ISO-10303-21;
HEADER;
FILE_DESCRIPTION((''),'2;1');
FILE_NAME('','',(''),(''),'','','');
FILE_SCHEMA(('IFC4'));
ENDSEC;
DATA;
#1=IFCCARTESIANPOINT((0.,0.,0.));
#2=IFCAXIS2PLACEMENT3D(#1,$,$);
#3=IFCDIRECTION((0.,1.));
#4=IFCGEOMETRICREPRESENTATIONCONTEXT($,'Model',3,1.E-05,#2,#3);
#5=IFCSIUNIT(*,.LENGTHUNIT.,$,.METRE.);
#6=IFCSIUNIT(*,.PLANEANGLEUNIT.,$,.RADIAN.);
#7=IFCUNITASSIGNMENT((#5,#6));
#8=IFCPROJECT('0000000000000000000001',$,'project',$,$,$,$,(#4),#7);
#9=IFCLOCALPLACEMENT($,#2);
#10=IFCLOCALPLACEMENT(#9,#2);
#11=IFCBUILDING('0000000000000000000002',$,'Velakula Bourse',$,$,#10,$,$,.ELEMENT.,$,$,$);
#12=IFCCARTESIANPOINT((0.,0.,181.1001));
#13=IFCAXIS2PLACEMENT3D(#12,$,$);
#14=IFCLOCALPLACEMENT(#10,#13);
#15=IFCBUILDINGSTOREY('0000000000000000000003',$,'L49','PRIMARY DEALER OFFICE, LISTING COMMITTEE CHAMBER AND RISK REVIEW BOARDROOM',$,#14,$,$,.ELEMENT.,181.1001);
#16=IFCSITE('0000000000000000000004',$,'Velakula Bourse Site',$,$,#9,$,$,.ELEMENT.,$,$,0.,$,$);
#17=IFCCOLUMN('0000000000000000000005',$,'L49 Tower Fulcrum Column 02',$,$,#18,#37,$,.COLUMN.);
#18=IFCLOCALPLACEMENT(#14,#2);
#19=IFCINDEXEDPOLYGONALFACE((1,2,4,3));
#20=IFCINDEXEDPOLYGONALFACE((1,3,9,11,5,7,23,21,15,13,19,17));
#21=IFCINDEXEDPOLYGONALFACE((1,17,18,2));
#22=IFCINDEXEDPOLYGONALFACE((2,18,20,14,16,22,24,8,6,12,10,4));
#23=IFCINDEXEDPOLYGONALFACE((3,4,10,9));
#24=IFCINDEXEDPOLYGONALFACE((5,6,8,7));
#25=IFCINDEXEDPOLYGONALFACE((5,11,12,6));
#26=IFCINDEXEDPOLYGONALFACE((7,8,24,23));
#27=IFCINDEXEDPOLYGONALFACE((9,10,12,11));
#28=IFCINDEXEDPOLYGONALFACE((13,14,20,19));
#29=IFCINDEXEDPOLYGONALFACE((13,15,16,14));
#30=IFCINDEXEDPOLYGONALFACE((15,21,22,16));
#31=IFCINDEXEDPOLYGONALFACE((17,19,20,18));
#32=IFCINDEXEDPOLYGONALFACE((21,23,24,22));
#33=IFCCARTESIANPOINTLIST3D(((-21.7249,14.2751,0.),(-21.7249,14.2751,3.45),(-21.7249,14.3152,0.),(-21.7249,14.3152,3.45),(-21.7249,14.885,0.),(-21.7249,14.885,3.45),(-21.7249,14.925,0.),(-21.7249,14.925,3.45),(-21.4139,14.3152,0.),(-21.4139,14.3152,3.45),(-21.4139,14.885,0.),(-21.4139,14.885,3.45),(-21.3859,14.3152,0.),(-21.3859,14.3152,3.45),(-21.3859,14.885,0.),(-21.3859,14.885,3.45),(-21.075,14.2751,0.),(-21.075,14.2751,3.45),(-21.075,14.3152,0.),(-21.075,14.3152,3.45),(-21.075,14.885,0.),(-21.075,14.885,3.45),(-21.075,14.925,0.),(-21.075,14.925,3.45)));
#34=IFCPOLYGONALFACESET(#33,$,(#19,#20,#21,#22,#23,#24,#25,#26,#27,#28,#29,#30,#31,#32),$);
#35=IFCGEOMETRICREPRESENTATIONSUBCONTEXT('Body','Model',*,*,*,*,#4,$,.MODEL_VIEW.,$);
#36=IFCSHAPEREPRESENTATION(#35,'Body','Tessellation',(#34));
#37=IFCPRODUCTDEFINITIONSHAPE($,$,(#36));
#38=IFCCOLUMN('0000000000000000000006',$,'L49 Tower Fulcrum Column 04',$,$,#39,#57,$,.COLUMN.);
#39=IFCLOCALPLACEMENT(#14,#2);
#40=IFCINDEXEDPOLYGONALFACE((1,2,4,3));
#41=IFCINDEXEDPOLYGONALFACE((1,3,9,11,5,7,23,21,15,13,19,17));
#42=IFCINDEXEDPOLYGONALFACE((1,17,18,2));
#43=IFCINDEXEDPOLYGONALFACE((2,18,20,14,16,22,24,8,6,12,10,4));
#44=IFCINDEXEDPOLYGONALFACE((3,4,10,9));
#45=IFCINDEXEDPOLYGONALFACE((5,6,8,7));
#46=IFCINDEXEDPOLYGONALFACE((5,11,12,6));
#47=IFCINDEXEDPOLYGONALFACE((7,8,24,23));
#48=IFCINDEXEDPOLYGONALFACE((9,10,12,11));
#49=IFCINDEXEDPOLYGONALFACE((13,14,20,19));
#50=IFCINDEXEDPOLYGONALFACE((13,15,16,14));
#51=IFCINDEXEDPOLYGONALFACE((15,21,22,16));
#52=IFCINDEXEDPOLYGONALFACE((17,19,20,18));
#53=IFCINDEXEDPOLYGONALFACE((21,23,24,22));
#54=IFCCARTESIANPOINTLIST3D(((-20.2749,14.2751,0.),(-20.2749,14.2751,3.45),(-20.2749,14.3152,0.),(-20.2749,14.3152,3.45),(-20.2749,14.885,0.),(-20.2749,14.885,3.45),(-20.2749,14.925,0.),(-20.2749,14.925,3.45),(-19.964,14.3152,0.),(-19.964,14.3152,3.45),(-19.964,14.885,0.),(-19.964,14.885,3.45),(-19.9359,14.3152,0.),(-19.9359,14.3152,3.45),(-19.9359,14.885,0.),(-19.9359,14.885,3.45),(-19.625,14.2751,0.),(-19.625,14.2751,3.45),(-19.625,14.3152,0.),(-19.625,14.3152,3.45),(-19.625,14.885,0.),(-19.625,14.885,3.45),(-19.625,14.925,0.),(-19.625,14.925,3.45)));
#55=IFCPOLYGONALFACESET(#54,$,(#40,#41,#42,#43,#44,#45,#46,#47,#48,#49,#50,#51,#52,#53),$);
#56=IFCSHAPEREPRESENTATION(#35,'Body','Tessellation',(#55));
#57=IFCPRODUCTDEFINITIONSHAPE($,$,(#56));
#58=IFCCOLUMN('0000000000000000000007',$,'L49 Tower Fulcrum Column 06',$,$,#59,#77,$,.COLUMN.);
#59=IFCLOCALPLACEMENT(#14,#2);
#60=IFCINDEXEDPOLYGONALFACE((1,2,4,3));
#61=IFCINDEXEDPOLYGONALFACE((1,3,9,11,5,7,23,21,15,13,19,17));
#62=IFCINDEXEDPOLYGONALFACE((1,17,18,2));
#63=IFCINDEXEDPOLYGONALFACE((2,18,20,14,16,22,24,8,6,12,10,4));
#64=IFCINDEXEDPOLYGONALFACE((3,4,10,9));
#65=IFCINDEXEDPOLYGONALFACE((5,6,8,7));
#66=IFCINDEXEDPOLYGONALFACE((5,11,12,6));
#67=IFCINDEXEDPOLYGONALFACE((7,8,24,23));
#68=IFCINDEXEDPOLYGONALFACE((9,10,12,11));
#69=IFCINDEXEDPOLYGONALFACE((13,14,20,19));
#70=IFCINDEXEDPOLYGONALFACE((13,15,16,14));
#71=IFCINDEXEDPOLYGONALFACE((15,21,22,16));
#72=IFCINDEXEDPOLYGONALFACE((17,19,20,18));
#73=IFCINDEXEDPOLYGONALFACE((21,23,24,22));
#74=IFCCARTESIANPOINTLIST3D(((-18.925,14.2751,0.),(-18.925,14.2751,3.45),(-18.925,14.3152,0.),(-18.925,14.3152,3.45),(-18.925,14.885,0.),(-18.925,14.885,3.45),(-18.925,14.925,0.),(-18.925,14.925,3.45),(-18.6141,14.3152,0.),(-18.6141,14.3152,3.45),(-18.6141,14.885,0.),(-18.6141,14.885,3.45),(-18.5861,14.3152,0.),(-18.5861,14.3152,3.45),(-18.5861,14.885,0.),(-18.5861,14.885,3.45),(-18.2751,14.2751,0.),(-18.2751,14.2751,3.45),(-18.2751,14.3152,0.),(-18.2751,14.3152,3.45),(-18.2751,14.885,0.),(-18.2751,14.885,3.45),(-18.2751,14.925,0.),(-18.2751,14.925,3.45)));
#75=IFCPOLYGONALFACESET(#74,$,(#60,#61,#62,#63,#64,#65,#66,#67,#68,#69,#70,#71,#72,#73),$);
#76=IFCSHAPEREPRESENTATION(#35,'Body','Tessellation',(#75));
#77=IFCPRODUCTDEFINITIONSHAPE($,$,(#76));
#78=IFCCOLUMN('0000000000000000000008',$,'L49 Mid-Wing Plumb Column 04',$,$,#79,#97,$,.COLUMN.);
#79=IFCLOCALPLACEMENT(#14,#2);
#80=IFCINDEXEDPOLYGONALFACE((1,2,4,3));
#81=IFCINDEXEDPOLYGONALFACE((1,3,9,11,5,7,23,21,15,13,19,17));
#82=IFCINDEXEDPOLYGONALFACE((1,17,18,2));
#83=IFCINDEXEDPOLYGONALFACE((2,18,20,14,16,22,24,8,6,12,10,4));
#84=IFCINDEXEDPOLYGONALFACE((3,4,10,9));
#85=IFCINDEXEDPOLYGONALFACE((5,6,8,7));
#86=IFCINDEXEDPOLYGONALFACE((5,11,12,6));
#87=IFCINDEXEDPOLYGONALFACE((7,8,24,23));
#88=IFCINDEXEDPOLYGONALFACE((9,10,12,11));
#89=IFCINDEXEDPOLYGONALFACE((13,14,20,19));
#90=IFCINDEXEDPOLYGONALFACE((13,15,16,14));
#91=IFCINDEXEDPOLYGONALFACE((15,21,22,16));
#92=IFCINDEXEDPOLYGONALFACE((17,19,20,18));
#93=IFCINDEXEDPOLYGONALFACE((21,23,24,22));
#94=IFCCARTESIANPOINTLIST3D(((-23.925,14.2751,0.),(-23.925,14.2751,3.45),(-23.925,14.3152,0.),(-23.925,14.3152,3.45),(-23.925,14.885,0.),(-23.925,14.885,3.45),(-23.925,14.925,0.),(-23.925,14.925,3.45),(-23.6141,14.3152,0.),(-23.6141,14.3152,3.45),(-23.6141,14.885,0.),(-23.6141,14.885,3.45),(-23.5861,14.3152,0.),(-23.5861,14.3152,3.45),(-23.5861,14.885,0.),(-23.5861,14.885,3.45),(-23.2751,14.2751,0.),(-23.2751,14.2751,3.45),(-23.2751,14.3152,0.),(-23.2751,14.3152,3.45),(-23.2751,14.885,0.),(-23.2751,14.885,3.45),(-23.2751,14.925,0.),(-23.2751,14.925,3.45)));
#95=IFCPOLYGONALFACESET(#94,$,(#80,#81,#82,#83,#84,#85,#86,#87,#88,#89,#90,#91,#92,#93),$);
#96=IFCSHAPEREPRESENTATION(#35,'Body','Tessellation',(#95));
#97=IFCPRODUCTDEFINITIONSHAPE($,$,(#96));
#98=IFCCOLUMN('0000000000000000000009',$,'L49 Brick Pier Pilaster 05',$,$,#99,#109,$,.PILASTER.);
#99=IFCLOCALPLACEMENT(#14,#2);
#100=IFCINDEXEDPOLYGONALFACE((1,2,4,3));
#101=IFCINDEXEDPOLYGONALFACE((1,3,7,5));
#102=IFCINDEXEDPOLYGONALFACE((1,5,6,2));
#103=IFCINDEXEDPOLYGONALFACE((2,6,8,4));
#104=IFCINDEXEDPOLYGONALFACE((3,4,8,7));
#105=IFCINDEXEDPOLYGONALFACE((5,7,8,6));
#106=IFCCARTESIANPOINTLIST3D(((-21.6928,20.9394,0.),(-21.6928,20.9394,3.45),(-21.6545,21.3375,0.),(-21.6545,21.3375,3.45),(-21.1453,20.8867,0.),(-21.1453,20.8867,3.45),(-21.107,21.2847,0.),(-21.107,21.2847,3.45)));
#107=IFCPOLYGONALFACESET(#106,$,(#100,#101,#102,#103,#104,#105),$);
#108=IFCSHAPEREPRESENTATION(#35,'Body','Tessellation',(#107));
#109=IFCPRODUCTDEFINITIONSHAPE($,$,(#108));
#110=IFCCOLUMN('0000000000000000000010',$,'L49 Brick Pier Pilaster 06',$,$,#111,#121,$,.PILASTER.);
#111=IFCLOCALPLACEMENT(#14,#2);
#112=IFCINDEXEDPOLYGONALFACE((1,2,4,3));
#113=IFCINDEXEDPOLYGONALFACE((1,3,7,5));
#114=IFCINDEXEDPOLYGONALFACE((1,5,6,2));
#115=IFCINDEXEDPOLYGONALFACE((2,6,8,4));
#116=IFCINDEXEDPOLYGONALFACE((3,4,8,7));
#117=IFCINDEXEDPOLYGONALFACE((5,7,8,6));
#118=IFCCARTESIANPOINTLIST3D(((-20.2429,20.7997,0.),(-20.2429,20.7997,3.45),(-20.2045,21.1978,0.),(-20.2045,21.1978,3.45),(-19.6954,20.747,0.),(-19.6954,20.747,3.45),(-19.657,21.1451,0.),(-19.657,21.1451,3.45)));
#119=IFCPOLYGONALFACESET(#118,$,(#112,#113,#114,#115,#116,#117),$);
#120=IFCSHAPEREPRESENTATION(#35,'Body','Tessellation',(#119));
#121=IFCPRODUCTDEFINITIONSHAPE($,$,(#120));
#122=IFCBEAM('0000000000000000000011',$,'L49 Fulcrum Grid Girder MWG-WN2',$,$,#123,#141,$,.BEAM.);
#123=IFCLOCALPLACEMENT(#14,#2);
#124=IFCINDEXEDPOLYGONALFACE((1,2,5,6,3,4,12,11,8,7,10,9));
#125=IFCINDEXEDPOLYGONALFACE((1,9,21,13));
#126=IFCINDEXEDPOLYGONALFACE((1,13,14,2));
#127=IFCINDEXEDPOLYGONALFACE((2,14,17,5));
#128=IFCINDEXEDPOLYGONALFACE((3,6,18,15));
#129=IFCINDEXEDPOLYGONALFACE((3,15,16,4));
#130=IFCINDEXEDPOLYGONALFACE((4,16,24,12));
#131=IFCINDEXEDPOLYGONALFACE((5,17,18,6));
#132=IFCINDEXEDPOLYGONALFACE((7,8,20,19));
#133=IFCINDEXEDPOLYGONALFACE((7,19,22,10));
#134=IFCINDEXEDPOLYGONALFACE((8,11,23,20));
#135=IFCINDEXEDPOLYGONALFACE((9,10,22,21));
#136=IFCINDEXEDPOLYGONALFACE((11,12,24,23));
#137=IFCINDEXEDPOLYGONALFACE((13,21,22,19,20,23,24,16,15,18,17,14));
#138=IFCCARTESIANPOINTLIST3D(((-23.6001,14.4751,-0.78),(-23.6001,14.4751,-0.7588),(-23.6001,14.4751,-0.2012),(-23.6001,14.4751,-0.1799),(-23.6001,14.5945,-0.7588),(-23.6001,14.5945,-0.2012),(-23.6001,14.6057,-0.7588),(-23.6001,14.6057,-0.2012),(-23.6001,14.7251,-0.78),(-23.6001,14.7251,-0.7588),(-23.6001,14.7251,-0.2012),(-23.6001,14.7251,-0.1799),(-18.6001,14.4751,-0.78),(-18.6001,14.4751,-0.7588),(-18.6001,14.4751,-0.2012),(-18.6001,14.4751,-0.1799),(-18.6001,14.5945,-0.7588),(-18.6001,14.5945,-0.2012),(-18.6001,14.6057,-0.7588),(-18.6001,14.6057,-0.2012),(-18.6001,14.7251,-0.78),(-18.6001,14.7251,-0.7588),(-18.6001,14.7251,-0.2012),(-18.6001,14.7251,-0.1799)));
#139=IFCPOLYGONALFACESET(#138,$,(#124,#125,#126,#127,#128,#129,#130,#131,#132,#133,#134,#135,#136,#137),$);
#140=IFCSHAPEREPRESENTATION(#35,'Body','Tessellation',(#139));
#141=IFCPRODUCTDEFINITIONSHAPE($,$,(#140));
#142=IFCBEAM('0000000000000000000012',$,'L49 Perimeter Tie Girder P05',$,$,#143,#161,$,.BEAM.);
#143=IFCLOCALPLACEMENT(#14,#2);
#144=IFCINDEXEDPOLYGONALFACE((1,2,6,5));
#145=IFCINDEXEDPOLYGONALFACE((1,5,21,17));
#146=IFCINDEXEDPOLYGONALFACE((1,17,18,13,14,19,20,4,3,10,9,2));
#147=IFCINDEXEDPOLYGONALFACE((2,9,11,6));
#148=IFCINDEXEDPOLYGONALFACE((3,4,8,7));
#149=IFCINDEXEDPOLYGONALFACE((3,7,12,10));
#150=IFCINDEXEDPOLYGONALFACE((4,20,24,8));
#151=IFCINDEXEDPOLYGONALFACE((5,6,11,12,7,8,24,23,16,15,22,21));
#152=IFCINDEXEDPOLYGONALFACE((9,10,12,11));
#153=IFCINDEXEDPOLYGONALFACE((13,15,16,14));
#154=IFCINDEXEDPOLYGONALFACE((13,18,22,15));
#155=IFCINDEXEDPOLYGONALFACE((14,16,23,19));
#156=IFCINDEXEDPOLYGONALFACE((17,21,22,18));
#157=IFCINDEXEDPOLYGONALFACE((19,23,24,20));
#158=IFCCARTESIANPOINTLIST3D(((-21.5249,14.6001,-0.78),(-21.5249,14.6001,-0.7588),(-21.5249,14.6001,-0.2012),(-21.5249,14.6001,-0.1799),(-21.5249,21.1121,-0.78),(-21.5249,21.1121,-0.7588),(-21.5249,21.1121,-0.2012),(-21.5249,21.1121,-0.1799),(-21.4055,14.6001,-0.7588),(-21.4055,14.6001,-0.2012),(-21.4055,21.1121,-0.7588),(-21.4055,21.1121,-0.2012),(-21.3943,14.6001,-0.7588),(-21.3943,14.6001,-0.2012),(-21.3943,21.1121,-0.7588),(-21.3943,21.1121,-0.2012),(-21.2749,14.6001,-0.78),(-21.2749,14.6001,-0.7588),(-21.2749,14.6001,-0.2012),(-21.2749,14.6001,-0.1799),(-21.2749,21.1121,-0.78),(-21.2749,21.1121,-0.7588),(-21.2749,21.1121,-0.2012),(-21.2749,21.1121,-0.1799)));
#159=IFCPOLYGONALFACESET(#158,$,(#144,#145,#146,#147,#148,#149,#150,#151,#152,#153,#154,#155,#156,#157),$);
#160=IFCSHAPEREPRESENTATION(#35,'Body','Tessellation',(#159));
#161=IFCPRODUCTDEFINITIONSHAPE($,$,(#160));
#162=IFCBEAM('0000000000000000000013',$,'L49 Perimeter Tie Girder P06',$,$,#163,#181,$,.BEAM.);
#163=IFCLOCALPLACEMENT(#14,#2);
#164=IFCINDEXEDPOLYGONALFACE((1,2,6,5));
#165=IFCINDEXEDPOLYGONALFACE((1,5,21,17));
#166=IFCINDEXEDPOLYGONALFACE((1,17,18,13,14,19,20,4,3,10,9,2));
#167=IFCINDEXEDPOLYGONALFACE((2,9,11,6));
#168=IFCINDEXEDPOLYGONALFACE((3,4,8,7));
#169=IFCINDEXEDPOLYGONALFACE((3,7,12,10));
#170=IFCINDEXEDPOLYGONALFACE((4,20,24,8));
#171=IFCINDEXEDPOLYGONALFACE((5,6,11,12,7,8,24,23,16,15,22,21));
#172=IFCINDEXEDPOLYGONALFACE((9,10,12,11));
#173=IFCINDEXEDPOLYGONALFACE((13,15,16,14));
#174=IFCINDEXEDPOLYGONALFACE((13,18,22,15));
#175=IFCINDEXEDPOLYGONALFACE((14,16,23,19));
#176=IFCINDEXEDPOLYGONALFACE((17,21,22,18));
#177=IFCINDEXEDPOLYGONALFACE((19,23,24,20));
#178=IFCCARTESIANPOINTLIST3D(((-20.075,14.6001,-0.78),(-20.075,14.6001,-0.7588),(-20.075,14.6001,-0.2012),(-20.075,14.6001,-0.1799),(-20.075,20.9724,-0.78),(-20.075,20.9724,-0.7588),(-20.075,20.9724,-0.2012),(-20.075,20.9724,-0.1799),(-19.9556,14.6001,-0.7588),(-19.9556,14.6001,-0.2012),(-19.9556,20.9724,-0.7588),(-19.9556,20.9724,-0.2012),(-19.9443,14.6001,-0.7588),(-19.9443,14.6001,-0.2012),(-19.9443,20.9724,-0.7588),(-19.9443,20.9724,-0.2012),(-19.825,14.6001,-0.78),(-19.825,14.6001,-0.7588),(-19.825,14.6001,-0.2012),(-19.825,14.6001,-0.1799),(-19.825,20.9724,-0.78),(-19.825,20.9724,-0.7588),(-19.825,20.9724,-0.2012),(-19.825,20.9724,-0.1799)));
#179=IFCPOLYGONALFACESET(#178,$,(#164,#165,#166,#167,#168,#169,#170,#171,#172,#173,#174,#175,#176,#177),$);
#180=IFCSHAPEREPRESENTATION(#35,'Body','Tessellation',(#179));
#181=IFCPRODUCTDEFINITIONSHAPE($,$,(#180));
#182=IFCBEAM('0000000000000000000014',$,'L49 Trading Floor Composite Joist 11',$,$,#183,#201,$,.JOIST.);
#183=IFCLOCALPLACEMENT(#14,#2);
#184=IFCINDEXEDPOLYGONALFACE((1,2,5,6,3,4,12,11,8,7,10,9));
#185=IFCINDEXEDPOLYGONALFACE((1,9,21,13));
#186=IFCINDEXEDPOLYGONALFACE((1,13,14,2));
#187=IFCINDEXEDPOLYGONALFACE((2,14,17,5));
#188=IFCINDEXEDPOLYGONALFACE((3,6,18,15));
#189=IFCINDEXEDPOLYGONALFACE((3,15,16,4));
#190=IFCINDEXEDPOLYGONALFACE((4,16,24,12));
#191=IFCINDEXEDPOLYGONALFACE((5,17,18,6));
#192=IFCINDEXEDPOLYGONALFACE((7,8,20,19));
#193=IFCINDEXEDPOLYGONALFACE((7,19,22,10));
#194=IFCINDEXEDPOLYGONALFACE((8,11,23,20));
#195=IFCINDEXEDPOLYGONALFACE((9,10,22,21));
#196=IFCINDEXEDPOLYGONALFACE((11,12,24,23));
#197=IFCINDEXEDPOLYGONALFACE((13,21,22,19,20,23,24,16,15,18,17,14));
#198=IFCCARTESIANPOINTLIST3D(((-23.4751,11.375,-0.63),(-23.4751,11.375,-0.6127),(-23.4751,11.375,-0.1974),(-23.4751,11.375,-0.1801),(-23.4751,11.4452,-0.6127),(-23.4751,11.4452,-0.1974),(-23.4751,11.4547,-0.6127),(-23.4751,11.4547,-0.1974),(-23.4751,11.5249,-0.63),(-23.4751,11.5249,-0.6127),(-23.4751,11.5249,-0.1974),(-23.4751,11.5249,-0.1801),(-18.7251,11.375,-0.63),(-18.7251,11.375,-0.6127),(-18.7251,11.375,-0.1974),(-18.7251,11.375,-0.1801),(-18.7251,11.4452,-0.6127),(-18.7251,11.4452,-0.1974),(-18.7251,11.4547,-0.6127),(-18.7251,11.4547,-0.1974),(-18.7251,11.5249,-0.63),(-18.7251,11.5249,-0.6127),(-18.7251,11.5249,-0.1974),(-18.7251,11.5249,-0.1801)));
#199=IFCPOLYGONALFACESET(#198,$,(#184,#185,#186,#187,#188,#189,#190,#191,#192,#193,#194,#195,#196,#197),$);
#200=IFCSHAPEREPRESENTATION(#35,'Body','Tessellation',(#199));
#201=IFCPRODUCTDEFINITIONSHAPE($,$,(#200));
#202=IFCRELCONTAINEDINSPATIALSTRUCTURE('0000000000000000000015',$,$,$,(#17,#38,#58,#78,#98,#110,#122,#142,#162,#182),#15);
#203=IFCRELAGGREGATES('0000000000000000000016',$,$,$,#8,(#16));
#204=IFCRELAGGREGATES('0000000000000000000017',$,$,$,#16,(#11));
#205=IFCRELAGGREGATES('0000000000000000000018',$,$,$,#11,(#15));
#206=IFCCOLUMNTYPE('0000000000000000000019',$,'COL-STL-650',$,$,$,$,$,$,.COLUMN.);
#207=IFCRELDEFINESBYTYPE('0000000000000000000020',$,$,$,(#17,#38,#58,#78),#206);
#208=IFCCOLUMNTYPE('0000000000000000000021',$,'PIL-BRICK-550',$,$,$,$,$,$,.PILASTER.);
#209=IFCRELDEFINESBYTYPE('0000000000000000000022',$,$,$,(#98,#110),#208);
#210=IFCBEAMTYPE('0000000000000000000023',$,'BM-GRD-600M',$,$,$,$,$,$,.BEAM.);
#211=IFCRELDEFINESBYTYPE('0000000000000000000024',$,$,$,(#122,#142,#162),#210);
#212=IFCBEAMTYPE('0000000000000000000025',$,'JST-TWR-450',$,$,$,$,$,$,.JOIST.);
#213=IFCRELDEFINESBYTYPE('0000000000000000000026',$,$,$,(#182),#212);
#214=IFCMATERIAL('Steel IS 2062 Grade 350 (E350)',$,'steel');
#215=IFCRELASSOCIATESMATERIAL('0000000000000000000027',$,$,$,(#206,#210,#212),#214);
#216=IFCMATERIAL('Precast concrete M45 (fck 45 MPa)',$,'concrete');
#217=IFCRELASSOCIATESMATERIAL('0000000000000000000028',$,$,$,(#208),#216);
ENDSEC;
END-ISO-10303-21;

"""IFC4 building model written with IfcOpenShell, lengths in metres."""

from ifc_helpers import new_model, si_unit, direction, frame, origin, origin_2d, place, context, subcontext, project, spatial, rectangle, i_section, extrude, material, material_profile, profile_set, type_object, element, save


model = new_model("IFC4")

# Units and contexts
model_context = context("Model", 3, precision=1e-05, world=origin(), true_north=direction((0.0, 1.0)))
body_context = subcontext(model_context, "Body", "Model", "MODEL_VIEW")
ifc_project = project(units=[si_unit("LENGTHUNIT", "METRE"), si_unit("PLANEANGLEUNIT", "RADIAN")], contexts=[model_context])

# Site, building, storey
site_placement = place(None, origin())
site = spatial("IfcSite", under=ifc_project, at=site_placement, Name="Velakula Bourse Site", CompositionType="ELEMENT", RefElevation=0.0)
building_placement = place(site_placement, origin())
building = spatial("IfcBuilding", under=site, at=building_placement, Name="Velakula Bourse", CompositionType="ELEMENT")
storey_placement = place(building_placement, frame((0.0, 0.0, 181.1001)))
storey = spatial("IfcBuildingStorey", under=building, at=storey_placement, Name="L49", Description="PRIMARY DEALER OFFICE, LISTING COMMITTEE CHAMBER AND RISK REVIEW BOARDROOM", CompositionType="ELEMENT", Elevation=181.1001)

# Columns
ifc_material_1 = material(Name="Steel IS 2062 Grade 350 (E350)", Category="steel")
ifc_material_profile_1 = material_profile(ifc_material_1, i_section(OverallWidth=0.6499, OverallDepth=0.6499, WebThickness=0.0281, FlangeThickness=0.04, at=origin_2d()), Name="Steel IS 2062 Grade 350 (E350)")
ifc_profile_set_1 = profile_set([ifc_material_profile_1], Name="Steel IS 2062 Grade 350 (E350)")
column_type_1 = type_object("IfcColumnType", Name="COL-STL-650", PredefinedType="COLUMN", material=ifc_profile_set_1)
for number, where, z_axis, x_axis, name in (
    (1, (-21.3999, 14.6001, 0.0), (0.0, 0.0, 1.0), (1.0, 0.0, 0.0), "L49 Tower Fulcrum Column 02"),
    (2, (-19.95, 14.6001, 0.0), (0.0, 0.0, 1.0), (1.0, 0.0, 0.0), "L49 Tower Fulcrum Column 04"),
    (3, (-18.6001, 14.6001, 0.0), (0.0, 0.0, 1.0), (1.0, 0.0, 0.0), "L49 Tower Fulcrum Column 06"),
    (4, (-23.6001, 14.6001, 0.0), (0.0, 0.0, 1.0), (1.0, 0.0, 0.0), "L49 Mid-Wing Plumb Column 04"),
):
    element("IfcColumn", number, at=place(storey_placement, frame(where, z_axis=z_axis, x_axis=x_axis)), inside=storey, type_object=column_type_1, Name=name, PredefinedType="COLUMN", context=body_context, shape_type="SweptSolid", body=[
        extrude(i_section(OverallWidth=0.6499, OverallDepth=0.6499, WebThickness=0.0281, FlangeThickness=0.04, at=origin_2d()), origin(), (0.0, 0.0, 1.0), 3.45),
    ])
ifc_material_2 = material(Name="Precast concrete M45 (fck 45 MPa)", Category="concrete")
ifc_material_profile_2 = material_profile(ifc_material_2, rectangle(XDim=0.55, YDim=0.3999, at=origin_2d()), Name="Precast concrete M45 (fck 45 MPa)")
ifc_profile_set_2 = profile_set([ifc_material_profile_2], Name="Precast concrete M45 (fck 45 MPa)")
column_type_2 = type_object("IfcColumnType", Name="PIL-BRICK-550", PredefinedType="PILASTER", material=ifc_profile_set_2)
for number, where, z_axis, x_axis, name in (
    (5, (-21.3999, 21.1121, 0.0), (0.0, 0.0, 1.0), (0.995396, -0.095846, 0.0), "L49 Brick Pier Pilaster 05"),
    (6, (-19.95, 20.9724, 0.0), (0.0, 0.0, 1.0), (0.995396, -0.095846, 0.0), "L49 Brick Pier Pilaster 06"),
):
    element("IfcColumn", number, at=place(storey_placement, frame(where, z_axis=z_axis, x_axis=x_axis)), inside=storey, type_object=column_type_2, Name=name, PredefinedType="PILASTER", context=body_context, shape_type="SweptSolid", body=[
        extrude(rectangle(XDim=0.55, YDim=0.3999, at=origin_2d()), origin(), (0.0, 0.0, 1.0), 3.45),
    ])

# Beams
ifc_material_profile_3 = material_profile(ifc_material_1, i_section(OverallWidth=0.25, OverallDepth=0.6001, WebThickness=0.0112, FlangeThickness=0.0212, at=origin_2d()), Name="Steel IS 2062 Grade 350 (E350)")
ifc_profile_set_3 = profile_set([ifc_material_profile_3], Name="Steel IS 2062 Grade 350 (E350)")
beam_type_1 = type_object("IfcBeamType", Name="BM-GRD-600M", PredefinedType="BEAM", material=ifc_profile_set_3)
beam_1_placement = place(storey_placement, frame((-23.6001, 14.6001, -0.48), z_axis=(1.0, 0.0, 0.0), x_axis=(0.0, 1.0, 0.0)))
element("IfcBeam", 7, at=beam_1_placement, inside=storey, type_object=beam_type_1, Name="L49 Fulcrum Grid Girder MWG-WN2", PredefinedType="BEAM", context=body_context, shape_type="SweptSolid", body=[
    extrude(i_section(OverallWidth=0.25, OverallDepth=0.6001, WebThickness=0.0112, FlangeThickness=0.0212, at=origin_2d()), origin(), (0.0, 0.0, 1.0), 5.0),
])
beam_2_placement = place(storey_placement, frame((-21.3999, 14.6001, -0.48), z_axis=(0.0, 1.0, 0.0), x_axis=(-1.0, 0.0, 0.0)))
element("IfcBeam", 8, at=beam_2_placement, inside=storey, type_object=beam_type_1, Name="L49 Perimeter Tie Girder P05", PredefinedType="BEAM", context=body_context, shape_type="SweptSolid", body=[
    extrude(i_section(OverallWidth=0.25, OverallDepth=0.6001, WebThickness=0.0112, FlangeThickness=0.0212, at=origin_2d()), origin(), (0.0, 0.0, 1.0), 6.512),
])
beam_3_placement = place(storey_placement, frame((-19.95, 14.6001, -0.48), z_axis=(0.0, 1.0, 0.0), x_axis=(-1.0, 0.0, 0.0)))
element("IfcBeam", 9, at=beam_3_placement, inside=storey, type_object=beam_type_1, Name="L49 Perimeter Tie Girder P06", PredefinedType="BEAM", context=body_context, shape_type="SweptSolid", body=[
    extrude(i_section(OverallWidth=0.25, OverallDepth=0.6001, WebThickness=0.0112, FlangeThickness=0.0212, at=origin_2d()), origin(), (0.0, 0.0, 1.0), 6.3723),
])
ifc_material_profile_4 = material_profile(ifc_material_1, i_section(OverallWidth=0.1499, OverallDepth=0.45, WebThickness=0.0095, FlangeThickness=0.0173, at=origin_2d()), Name="Steel IS 2062 Grade 350 (E350)")
ifc_profile_set_4 = profile_set([ifc_material_profile_4], Name="Steel IS 2062 Grade 350 (E350)")
beam_type_2 = type_object("IfcBeamType", Name="JST-TWR-450", PredefinedType="JOIST", material=ifc_profile_set_4)
beam_4_placement = place(storey_placement, frame((-23.4751, 11.45, -0.405), z_axis=(1.0, 0.0, 0.0), x_axis=(0.0, 1.0, 0.0)))
element("IfcBeam", 10, at=beam_4_placement, inside=storey, type_object=beam_type_2, Name="L49 Trading Floor Composite Joist 11", PredefinedType="JOIST", context=body_context, shape_type="SweptSolid", body=[
    extrude(i_section(OverallWidth=0.1499, OverallDepth=0.45, WebThickness=0.0095, FlangeThickness=0.0173, at=origin_2d()), origin(), (0.0, 0.0, 1.0), 4.75),
])

save(model, "model.ifc")
